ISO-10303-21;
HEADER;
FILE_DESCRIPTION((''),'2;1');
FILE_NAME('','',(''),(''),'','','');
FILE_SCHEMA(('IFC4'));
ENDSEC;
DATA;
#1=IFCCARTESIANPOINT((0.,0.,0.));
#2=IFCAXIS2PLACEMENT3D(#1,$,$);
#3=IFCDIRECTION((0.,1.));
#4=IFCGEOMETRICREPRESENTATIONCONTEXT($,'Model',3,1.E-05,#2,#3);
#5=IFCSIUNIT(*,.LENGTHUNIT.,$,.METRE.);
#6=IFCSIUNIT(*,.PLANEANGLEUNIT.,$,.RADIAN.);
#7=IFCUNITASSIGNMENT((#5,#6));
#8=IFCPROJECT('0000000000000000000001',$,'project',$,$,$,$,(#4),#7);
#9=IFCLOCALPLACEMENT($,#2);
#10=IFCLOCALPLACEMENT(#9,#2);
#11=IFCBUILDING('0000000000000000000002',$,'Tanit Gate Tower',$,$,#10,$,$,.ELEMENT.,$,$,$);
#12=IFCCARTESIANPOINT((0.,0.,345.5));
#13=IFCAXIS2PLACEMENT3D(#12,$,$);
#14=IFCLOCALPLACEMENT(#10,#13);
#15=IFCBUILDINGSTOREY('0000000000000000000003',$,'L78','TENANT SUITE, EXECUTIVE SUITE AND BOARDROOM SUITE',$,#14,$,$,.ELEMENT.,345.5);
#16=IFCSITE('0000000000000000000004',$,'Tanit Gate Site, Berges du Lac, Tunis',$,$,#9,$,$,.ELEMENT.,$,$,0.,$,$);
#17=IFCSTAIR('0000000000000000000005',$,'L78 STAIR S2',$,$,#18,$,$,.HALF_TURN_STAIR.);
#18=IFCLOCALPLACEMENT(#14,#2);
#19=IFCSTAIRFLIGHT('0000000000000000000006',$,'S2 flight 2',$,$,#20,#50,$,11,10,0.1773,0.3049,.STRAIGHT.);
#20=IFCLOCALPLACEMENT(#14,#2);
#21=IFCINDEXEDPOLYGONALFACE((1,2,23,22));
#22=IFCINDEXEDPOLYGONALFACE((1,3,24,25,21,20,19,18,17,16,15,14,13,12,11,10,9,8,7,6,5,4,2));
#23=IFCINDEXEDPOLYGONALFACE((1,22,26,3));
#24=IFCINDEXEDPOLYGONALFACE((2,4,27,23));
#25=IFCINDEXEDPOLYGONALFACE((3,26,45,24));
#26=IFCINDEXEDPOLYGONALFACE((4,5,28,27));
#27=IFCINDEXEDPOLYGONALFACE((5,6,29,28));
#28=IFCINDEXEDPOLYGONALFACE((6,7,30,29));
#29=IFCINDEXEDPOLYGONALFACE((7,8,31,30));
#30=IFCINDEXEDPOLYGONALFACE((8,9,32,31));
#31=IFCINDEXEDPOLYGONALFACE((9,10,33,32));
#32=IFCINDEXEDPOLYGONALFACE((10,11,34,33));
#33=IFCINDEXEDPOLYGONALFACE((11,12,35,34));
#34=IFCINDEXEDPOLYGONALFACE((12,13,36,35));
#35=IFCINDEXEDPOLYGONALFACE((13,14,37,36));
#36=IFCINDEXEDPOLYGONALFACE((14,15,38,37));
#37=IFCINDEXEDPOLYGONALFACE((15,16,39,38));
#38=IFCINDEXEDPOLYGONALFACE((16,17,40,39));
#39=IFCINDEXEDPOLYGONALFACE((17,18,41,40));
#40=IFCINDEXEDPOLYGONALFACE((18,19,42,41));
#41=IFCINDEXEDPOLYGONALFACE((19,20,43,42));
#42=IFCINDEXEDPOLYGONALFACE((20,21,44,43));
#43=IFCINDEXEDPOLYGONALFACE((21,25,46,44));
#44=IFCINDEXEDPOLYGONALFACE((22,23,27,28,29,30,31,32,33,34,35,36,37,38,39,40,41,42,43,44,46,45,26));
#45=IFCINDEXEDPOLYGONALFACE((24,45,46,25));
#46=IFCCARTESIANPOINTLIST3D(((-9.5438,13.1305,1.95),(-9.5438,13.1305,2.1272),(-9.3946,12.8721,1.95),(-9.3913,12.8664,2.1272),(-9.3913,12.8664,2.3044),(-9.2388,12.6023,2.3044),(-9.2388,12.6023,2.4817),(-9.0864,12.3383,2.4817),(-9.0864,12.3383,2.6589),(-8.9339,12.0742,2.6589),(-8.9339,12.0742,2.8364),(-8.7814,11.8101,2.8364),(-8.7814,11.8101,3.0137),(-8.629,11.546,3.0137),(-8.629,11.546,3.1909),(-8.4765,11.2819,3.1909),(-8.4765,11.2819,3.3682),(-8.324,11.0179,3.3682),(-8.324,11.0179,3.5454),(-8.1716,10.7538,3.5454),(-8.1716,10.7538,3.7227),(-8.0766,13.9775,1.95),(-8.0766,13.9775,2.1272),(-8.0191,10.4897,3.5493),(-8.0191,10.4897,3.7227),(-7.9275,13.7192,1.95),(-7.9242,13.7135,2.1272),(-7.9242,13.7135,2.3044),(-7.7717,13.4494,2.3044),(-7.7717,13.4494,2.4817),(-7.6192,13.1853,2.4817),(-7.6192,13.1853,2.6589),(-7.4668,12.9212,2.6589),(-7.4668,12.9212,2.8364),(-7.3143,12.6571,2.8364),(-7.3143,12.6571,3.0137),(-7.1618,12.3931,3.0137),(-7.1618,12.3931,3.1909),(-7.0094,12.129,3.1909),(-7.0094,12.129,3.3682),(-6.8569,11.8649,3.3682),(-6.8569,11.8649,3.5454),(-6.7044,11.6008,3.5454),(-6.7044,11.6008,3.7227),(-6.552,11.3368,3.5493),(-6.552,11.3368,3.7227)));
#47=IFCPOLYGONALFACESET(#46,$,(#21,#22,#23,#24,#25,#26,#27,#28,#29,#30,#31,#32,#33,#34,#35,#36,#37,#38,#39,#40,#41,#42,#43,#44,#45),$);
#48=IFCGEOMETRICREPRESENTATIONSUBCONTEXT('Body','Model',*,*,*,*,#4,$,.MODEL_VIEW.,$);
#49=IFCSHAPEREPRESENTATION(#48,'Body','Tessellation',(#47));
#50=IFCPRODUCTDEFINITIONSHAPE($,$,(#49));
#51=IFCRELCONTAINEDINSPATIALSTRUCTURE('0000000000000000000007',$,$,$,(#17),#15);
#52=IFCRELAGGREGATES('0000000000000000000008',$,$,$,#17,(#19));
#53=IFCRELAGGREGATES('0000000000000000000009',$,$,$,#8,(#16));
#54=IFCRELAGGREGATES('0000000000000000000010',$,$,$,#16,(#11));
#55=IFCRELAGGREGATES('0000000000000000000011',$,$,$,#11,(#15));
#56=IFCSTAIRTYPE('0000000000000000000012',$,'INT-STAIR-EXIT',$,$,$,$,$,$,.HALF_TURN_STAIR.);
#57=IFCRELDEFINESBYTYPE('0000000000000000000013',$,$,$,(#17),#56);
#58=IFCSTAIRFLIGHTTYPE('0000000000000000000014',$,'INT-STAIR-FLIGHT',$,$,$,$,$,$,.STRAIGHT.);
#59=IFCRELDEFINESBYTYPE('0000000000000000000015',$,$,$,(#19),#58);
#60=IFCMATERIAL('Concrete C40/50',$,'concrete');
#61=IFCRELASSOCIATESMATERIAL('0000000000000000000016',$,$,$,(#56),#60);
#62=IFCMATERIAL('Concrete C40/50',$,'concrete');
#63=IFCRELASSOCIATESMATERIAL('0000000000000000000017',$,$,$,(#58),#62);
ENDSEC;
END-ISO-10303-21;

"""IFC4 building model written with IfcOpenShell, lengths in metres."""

from ifc_helpers import new_model, si_unit, direction, frame, origin, place, context, subcontext, project, spatial, polyline, outline, extrude, material, type_object, element, aggregate, save


model = new_model("IFC4")

# Units and contexts
model_context = context("Model", 3, precision=1e-05, world=origin(), true_north=direction((0.0, 1.0)))
body_context = subcontext(model_context, "Body", "Model", "MODEL_VIEW")
ifc_project = project(units=[si_unit("LENGTHUNIT", "METRE"), si_unit("PLANEANGLEUNIT", "RADIAN")], contexts=[model_context])

# Site, building, storey
site_placement = place(None, origin())
site = spatial("IfcSite", under=ifc_project, at=site_placement, Name="Tanit Gate Site, Berges du Lac, Tunis", CompositionType="ELEMENT", RefElevation=0.0)
building_placement = place(site_placement, origin())
building = spatial("IfcBuilding", under=site, at=building_placement, Name="Tanit Gate Tower", CompositionType="ELEMENT")
storey_placement = place(building_placement, frame((0.0, 0.0, 345.5)))
storey = spatial("IfcBuildingStorey", under=building, at=storey_placement, Name="L78", Description="TENANT SUITE, EXECUTIVE SUITE AND BOARDROOM SUITE", CompositionType="ELEMENT", Elevation=345.5)

# Stair, stair flight
ifc_material_1 = material(Name="Concrete C40/50", Category="concrete")
stair_type = type_object("IfcStairType", Name="INT-STAIR-EXIT", PredefinedType="HALF_TURN_STAIR", material=ifc_material_1)
stair_placement = place(storey_placement, origin())
stair = element("IfcStair", 1, at=stair_placement, inside=storey, type_object=stair_type, Name="L78 STAIR S2", PredefinedType="HALF_TURN_STAIR")
ifc_material_2 = material(Name="Concrete C40/50", Category="concrete")
stair_flight_type = type_object("IfcStairFlightType", Name="INT-STAIR-FLIGHT", PredefinedType="STRAIGHT", material=ifc_material_2)
stair_flight_placement = place(storey_placement, frame((-8.8103, 13.554, 1.95), z_axis=(0.0, 0.0, 1.0), x_axis=(0.5, -0.866025, 0.0)))
stair_flight = element("IfcStairFlight", 2, at=stair_flight_placement, type_object=stair_flight_type, Name="S2 flight 2", NumberOfRisers=11, NumberOfTreads=10, PredefinedType="STRAIGHT", RiserHeight=0.1773, TreadLength=0.3049, context=body_context, shape_type="SweptSolid", body=[
    extrude(outline(polyline([(0.0, 0.0), (0.0, 0.1772), (0.3049, 0.1772), (0.3049, 0.3545), (0.6099, 0.3545), (0.6099, 0.5317), (0.9148, 0.5317), (0.9148, 0.709), (1.2197, 0.709), (1.2197, 0.8865), (1.5247, 0.8865), (1.5247, 1.0637), (1.8296, 1.0637), (1.8296, 1.241), (2.1345, 1.241), (2.1345, 1.4182), (2.4395, 1.4182), (2.4395, 1.5955), (2.7444, 1.5955), (2.7444, 1.7727), (3.0493, 1.7727), (3.0493, 1.95), (3.0493, 1.5994), (0.2983, 0.0), (0.0, 0.0)])), frame((0.0, 0.8472, 0.0), z_axis=(0.0, -1.0, 0.0), x_axis=(1.0, 0.0, 0.0)), (0.0, 0.0, 1.0), 1.6941),
])
aggregate(stair, [stair_flight])

save(model, "model.ifc")
